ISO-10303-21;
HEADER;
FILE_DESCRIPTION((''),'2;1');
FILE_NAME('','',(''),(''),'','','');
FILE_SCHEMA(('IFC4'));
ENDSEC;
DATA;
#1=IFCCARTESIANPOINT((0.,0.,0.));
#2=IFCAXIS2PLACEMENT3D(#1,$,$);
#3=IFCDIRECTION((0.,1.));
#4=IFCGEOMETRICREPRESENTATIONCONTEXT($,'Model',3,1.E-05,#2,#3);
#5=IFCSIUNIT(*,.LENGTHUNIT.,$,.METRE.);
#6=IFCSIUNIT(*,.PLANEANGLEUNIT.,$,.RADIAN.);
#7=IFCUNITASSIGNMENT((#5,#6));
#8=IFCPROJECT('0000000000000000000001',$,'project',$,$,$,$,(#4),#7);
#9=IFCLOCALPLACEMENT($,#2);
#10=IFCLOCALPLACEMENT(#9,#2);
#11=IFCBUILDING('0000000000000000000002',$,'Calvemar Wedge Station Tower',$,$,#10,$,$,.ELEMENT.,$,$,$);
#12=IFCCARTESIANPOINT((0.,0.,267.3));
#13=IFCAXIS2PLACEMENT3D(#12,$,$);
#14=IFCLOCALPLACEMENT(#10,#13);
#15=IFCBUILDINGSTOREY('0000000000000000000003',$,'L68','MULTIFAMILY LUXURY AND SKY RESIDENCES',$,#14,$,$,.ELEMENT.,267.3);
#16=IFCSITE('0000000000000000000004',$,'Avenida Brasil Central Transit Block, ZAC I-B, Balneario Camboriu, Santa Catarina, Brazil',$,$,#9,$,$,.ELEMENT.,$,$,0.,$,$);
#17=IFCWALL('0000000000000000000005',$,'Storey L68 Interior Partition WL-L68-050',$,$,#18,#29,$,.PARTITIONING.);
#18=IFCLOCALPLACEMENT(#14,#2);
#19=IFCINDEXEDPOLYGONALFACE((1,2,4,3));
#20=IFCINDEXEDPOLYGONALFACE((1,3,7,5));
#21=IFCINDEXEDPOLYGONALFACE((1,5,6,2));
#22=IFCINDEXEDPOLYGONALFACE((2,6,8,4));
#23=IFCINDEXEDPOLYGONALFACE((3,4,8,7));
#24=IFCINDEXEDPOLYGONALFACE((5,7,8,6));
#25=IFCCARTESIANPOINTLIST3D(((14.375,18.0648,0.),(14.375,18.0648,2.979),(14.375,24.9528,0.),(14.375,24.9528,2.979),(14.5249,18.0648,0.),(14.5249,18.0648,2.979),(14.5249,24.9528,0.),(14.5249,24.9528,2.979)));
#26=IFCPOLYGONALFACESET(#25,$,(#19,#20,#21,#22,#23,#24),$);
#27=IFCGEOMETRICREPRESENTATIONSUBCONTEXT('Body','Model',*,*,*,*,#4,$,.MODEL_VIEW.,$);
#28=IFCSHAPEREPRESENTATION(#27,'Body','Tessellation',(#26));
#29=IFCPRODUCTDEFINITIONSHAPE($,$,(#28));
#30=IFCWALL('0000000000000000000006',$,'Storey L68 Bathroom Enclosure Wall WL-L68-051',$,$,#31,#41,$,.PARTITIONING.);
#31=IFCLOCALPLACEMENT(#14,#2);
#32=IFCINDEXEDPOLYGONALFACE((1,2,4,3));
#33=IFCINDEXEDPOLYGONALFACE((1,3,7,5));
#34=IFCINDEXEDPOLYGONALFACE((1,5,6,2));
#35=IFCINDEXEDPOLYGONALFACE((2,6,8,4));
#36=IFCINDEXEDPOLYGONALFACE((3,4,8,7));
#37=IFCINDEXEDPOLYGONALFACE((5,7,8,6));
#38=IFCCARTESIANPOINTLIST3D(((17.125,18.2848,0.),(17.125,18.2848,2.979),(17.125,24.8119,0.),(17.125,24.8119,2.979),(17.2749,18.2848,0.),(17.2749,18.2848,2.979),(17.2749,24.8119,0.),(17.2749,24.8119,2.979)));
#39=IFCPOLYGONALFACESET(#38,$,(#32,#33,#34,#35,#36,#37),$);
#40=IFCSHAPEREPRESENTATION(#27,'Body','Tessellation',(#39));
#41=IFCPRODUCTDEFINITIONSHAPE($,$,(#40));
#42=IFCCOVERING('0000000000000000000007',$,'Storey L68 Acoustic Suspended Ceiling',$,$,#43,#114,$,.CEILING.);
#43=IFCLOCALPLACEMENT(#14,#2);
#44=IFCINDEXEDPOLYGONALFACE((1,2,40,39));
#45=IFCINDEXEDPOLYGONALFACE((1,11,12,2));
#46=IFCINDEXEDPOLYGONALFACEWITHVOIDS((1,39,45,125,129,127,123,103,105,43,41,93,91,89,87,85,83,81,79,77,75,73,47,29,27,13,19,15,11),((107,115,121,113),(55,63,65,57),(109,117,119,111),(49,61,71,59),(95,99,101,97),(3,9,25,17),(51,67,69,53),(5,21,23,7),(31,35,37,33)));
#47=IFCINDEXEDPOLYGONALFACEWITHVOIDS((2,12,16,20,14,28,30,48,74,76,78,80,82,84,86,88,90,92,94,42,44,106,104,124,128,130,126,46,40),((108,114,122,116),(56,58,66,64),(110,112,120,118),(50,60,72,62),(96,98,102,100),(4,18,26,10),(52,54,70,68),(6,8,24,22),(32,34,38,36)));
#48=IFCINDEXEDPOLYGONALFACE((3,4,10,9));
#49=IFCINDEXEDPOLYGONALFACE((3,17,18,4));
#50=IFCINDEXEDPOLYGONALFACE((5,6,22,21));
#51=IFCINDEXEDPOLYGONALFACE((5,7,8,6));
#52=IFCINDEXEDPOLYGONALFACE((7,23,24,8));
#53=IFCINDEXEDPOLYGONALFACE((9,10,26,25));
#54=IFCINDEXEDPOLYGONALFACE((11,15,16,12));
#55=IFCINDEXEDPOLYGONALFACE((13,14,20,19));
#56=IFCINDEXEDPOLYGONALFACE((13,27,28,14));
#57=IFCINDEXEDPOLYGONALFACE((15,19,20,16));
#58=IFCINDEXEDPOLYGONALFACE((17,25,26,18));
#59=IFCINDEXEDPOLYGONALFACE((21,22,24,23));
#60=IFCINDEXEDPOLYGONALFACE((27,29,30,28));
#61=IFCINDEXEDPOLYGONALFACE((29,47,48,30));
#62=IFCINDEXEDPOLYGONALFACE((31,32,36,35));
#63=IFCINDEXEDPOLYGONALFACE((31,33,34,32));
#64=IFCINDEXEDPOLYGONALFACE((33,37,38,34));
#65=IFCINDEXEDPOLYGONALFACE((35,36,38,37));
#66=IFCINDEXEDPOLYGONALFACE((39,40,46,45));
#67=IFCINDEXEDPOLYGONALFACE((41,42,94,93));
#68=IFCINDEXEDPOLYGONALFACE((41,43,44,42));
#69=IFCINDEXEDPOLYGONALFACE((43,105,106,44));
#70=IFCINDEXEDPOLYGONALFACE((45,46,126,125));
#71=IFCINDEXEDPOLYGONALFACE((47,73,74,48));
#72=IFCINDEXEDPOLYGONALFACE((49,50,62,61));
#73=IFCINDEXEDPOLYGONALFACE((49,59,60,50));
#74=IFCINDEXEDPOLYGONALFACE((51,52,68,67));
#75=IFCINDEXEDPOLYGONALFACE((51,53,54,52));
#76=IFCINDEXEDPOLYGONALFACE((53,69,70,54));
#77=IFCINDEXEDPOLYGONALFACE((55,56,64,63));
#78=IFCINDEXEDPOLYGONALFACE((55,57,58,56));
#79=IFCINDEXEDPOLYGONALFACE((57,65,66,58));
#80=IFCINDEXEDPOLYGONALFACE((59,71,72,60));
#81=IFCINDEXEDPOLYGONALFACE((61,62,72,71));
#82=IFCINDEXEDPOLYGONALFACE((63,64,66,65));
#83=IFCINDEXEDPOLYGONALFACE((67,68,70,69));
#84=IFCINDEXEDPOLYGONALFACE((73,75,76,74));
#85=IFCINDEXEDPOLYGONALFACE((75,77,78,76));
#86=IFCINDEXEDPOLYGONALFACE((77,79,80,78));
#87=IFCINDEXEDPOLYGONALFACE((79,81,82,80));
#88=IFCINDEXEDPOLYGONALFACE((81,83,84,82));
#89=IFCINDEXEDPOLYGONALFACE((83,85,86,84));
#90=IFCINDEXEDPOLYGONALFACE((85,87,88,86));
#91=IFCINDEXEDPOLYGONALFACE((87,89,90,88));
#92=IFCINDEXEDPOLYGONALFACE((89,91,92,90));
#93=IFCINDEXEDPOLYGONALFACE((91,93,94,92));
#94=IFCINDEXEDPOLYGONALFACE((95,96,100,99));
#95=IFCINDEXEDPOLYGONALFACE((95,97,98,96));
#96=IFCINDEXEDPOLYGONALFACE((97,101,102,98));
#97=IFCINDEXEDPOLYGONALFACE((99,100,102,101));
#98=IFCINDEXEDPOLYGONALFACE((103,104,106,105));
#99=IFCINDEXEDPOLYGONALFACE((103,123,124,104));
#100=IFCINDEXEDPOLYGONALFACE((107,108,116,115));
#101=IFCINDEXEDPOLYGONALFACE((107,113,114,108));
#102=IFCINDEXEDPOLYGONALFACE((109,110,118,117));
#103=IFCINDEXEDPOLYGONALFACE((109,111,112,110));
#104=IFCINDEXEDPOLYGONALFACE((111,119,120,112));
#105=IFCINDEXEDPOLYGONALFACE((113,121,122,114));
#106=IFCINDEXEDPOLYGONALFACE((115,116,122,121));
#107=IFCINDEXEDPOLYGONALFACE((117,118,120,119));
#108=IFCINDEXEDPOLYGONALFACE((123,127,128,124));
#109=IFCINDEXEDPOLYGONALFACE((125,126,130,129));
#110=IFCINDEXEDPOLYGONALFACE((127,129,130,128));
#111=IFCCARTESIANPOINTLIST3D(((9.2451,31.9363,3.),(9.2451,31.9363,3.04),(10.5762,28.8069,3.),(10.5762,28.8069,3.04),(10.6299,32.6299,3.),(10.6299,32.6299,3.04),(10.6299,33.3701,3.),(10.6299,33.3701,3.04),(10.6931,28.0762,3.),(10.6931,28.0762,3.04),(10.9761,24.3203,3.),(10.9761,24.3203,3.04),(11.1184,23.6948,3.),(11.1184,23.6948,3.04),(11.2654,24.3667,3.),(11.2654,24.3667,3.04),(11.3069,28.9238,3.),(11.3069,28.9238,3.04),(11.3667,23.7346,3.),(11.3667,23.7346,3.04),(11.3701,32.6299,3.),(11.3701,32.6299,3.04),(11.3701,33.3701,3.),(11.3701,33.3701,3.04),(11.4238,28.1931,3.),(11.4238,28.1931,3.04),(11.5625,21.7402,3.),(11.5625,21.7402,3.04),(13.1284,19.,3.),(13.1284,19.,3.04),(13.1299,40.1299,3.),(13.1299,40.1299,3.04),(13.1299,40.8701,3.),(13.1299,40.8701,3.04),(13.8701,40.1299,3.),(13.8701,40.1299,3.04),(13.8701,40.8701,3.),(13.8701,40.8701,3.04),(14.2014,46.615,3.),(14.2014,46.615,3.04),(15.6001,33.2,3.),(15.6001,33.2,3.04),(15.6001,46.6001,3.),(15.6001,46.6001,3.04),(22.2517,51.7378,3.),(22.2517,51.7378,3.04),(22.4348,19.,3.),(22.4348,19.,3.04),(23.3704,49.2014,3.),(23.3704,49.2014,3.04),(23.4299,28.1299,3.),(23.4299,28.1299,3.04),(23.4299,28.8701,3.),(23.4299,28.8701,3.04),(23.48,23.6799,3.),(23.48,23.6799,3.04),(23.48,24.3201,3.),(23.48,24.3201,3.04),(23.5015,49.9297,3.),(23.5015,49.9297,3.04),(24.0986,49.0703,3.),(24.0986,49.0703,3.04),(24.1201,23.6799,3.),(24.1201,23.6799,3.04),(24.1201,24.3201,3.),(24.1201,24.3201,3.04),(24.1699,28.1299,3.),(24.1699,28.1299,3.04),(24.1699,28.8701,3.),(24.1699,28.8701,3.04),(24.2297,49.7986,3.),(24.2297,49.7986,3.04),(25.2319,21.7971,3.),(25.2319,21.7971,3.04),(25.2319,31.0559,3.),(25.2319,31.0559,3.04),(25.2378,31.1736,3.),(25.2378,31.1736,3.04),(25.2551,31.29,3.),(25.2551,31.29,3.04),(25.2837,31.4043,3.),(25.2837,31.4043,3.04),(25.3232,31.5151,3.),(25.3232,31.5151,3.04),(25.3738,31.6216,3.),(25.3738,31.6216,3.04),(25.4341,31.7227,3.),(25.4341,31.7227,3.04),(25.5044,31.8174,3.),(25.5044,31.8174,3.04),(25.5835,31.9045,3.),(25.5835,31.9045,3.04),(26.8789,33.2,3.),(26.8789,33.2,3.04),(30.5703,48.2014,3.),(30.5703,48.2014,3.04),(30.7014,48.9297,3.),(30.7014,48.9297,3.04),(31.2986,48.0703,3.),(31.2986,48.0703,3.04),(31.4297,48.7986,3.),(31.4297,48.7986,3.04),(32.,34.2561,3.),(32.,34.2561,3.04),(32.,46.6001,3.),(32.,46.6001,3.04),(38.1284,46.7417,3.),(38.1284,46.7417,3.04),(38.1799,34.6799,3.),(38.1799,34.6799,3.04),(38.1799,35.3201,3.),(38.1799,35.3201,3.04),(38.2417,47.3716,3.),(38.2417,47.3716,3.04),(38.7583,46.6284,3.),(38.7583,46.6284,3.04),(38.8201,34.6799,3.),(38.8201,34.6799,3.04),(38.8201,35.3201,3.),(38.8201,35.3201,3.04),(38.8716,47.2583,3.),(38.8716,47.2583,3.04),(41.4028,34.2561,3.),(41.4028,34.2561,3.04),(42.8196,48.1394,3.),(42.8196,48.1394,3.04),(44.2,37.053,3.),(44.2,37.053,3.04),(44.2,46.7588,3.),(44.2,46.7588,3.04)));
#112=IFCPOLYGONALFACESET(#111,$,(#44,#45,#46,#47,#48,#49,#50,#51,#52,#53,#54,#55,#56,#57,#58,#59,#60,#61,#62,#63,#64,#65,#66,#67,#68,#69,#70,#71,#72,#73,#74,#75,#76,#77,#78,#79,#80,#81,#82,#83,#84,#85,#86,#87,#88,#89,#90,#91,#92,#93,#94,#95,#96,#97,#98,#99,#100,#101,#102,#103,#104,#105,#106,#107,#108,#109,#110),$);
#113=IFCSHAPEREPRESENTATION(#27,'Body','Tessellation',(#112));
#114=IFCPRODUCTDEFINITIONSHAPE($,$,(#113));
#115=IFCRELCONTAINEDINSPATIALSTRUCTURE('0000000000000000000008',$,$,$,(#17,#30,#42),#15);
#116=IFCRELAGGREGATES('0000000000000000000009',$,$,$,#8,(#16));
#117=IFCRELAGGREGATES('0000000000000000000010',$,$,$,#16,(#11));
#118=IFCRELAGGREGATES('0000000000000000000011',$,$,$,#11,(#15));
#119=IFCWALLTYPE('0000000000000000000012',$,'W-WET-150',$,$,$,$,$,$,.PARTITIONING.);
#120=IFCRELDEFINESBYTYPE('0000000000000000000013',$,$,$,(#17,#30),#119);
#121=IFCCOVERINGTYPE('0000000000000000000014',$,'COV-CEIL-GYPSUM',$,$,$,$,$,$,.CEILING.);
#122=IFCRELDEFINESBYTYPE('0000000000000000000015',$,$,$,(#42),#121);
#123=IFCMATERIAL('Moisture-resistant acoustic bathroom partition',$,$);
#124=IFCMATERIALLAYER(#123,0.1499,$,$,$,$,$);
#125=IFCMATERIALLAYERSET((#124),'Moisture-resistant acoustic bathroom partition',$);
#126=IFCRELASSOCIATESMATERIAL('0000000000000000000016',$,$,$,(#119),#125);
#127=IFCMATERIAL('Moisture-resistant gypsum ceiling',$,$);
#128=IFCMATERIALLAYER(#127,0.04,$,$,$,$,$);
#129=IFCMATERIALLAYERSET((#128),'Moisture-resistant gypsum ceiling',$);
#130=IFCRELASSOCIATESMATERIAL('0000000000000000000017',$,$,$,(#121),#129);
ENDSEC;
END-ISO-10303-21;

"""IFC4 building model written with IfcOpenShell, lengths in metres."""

from ifc_helpers import new_model, si_unit, direction, frame, frame_2d, origin, place, context, subcontext, project, spatial, polyline, rectangle, outline, extrude, material, layer, layer_set, type_object, element, save


model = new_model("IFC4")

# Units and contexts
model_context = context("Model", 3, precision=1e-05, world=origin(), true_north=direction((0.0, 1.0)))
body_context = subcontext(model_context, "Body", "Model", "MODEL_VIEW")
ifc_project = project(units=[si_unit("LENGTHUNIT", "METRE"), si_unit("PLANEANGLEUNIT", "RADIAN")], contexts=[model_context])

# Site, building, storey
site_placement = place(None, origin())
site = spatial("IfcSite", under=ifc_project, at=site_placement, Name="Avenida Brasil Central Transit Block, ZAC I-B, Balneario Camboriu, Santa Catarina, Brazil", CompositionType="ELEMENT", RefElevation=0.0)
building_placement = place(site_placement, origin())
building = spatial("IfcBuilding", under=site, at=building_placement, Name="Calvemar Wedge Station Tower", CompositionType="ELEMENT")
storey_placement = place(building_placement, frame((0.0, 0.0, 267.3)))
storey = spatial("IfcBuildingStorey", under=building, at=storey_placement, Name="L68", Description="MULTIFAMILY LUXURY AND SKY RESIDENCES", CompositionType="ELEMENT", Elevation=267.3)

# Shared definitions
ifc_material_1 = material(Name="Moisture-resistant acoustic bathroom partition")
ifc_layer_1 = layer(ifc_material_1, 0.1499)
ifc_layer_set_1 = layer_set([ifc_layer_1], Name="Moisture-resistant acoustic bathroom partition")
wall_type_1 = type_object("IfcWallType", Name="W-WET-150", PredefinedType="PARTITIONING", material=ifc_layer_set_1)

# Walls
wall_1_placement = place(storey_placement, frame((14.45, 18.0649, 0.0), z_axis=(0.0, 0.0, 1.0), x_axis=(0.0, 1.0, 0.0)))
element("IfcWall", 1, at=wall_1_placement, inside=storey, type_object=wall_type_1, Name="Storey L68 Interior Partition WL-L68-050", PredefinedType="PARTITIONING", context=body_context, shape_type="SweptSolid", body=[
    extrude(rectangle(XDim=6.8879, YDim=0.1499, at=frame_2d((3.4438, 0.0))), origin(), (0.0, 0.0, 1.0), 2.979),
])
wall_2_placement = place(storey_placement, frame((17.2, 24.812, 0.0), z_axis=(0.0, 0.0, 1.0), x_axis=(0.0, -1.0, 0.0)))
element("IfcWall", 2, at=wall_2_placement, inside=storey, type_object=wall_type_1, Name="Storey L68 Bathroom Enclosure Wall WL-L68-051", PredefinedType="PARTITIONING", context=body_context, shape_type="SweptSolid", body=[
    extrude(rectangle(XDim=6.5271, YDim=0.1499, at=frame_2d((3.2637, 0.0))), origin(), (0.0, 0.0, 1.0), 2.979),
])

# Covering
ifc_material_2 = material(Name="Moisture-resistant gypsum ceiling")
ifc_layer_2 = layer(ifc_material_2, 0.04)
ifc_layer_set_2 = layer_set([ifc_layer_2], Name="Moisture-resistant gypsum ceiling")
covering_type_1 = type_object("IfcCoveringType", Name="COV-CEIL-GYPSUM", PredefinedType="CEILING", material=ifc_layer_set_2)
covering_1_placement = place(storey_placement, frame((0.0, 0.0, 3.0)))
element("IfcCovering", 3, at=covering_1_placement, inside=storey, type_object=covering_type_1, Name="Storey L68 Acoustic Suspended Ceiling", PredefinedType="CEILING", context=body_context, shape_type="SweptSolid", body=[
    extrude(outline(polyline([(15.6001, 33.2), (15.6001, 46.6001), (32.0, 46.6001), (32.0, 34.2561), (41.4028, 34.2561), (44.2, 37.053), (44.2, 46.7588), (42.8196, 48.1394), (22.2517, 51.7378), (14.2014, 46.615), (9.2451, 31.9363), (10.9761, 24.3203), (11.2654, 24.3667), (11.3667, 23.7346), (11.1184, 23.6948), (11.5625, 21.7402), (13.1284, 19.0), (22.4348, 19.0), (25.2319, 21.7971), (25.2319, 31.0559), (25.2378, 31.1736), (25.2551, 31.29), (25.2837, 31.4043), (25.3232, 31.5151), (25.3738, 31.6216), (25.4341, 31.7227), (25.5044, 31.8174), (25.5835, 31.9045), (26.8789, 33.2), (15.6001, 33.2)]), holes=[polyline([(11.3701, 33.3701), (11.3701, 32.6299), (10.6299, 32.6299), (10.6299, 33.3701), (11.3701, 33.3701)]), polyline([(13.8701, 40.1299), (13.1299, 40.1299), (13.1299, 40.8701), (13.8701, 40.8701), (13.8701, 40.1299)]), polyline([(23.3704, 49.2014), (23.5015, 49.9297), (24.2297, 49.7986), (24.0986, 49.0703), (23.3704, 49.2014)]), polyline([(30.7014, 48.9297), (31.4297, 48.7986), (31.2986, 48.0703), (30.5703, 48.2014), (30.7014, 48.9297)]), polyline([(38.8716, 47.2583), (38.7583, 46.6284), (38.1284, 46.7417), (38.2417, 47.3716), (38.8716, 47.2583)]), polyline([(38.8201, 34.6799), (38.1799, 34.6799), (38.1799, 35.3201), (38.8201, 35.3201), (38.8201, 34.6799)]), polyline([(10.5762, 28.8069), (11.3069, 28.9238), (11.4238, 28.1931), (10.6931, 28.0762), (10.5762, 28.8069)]), polyline([(24.1699, 28.8701), (24.1699, 28.1299), (23.4299, 28.1299), (23.4299, 28.8701), (24.1699, 28.8701)]), polyline([(24.1201, 23.6799), (23.48, 23.6799), (23.48, 24.3201), (24.1201, 24.3201), (24.1201, 23.6799)])]), origin(), (0.0, 0.0, 1.0), 0.04),
])

save(model, "model.ifc")
